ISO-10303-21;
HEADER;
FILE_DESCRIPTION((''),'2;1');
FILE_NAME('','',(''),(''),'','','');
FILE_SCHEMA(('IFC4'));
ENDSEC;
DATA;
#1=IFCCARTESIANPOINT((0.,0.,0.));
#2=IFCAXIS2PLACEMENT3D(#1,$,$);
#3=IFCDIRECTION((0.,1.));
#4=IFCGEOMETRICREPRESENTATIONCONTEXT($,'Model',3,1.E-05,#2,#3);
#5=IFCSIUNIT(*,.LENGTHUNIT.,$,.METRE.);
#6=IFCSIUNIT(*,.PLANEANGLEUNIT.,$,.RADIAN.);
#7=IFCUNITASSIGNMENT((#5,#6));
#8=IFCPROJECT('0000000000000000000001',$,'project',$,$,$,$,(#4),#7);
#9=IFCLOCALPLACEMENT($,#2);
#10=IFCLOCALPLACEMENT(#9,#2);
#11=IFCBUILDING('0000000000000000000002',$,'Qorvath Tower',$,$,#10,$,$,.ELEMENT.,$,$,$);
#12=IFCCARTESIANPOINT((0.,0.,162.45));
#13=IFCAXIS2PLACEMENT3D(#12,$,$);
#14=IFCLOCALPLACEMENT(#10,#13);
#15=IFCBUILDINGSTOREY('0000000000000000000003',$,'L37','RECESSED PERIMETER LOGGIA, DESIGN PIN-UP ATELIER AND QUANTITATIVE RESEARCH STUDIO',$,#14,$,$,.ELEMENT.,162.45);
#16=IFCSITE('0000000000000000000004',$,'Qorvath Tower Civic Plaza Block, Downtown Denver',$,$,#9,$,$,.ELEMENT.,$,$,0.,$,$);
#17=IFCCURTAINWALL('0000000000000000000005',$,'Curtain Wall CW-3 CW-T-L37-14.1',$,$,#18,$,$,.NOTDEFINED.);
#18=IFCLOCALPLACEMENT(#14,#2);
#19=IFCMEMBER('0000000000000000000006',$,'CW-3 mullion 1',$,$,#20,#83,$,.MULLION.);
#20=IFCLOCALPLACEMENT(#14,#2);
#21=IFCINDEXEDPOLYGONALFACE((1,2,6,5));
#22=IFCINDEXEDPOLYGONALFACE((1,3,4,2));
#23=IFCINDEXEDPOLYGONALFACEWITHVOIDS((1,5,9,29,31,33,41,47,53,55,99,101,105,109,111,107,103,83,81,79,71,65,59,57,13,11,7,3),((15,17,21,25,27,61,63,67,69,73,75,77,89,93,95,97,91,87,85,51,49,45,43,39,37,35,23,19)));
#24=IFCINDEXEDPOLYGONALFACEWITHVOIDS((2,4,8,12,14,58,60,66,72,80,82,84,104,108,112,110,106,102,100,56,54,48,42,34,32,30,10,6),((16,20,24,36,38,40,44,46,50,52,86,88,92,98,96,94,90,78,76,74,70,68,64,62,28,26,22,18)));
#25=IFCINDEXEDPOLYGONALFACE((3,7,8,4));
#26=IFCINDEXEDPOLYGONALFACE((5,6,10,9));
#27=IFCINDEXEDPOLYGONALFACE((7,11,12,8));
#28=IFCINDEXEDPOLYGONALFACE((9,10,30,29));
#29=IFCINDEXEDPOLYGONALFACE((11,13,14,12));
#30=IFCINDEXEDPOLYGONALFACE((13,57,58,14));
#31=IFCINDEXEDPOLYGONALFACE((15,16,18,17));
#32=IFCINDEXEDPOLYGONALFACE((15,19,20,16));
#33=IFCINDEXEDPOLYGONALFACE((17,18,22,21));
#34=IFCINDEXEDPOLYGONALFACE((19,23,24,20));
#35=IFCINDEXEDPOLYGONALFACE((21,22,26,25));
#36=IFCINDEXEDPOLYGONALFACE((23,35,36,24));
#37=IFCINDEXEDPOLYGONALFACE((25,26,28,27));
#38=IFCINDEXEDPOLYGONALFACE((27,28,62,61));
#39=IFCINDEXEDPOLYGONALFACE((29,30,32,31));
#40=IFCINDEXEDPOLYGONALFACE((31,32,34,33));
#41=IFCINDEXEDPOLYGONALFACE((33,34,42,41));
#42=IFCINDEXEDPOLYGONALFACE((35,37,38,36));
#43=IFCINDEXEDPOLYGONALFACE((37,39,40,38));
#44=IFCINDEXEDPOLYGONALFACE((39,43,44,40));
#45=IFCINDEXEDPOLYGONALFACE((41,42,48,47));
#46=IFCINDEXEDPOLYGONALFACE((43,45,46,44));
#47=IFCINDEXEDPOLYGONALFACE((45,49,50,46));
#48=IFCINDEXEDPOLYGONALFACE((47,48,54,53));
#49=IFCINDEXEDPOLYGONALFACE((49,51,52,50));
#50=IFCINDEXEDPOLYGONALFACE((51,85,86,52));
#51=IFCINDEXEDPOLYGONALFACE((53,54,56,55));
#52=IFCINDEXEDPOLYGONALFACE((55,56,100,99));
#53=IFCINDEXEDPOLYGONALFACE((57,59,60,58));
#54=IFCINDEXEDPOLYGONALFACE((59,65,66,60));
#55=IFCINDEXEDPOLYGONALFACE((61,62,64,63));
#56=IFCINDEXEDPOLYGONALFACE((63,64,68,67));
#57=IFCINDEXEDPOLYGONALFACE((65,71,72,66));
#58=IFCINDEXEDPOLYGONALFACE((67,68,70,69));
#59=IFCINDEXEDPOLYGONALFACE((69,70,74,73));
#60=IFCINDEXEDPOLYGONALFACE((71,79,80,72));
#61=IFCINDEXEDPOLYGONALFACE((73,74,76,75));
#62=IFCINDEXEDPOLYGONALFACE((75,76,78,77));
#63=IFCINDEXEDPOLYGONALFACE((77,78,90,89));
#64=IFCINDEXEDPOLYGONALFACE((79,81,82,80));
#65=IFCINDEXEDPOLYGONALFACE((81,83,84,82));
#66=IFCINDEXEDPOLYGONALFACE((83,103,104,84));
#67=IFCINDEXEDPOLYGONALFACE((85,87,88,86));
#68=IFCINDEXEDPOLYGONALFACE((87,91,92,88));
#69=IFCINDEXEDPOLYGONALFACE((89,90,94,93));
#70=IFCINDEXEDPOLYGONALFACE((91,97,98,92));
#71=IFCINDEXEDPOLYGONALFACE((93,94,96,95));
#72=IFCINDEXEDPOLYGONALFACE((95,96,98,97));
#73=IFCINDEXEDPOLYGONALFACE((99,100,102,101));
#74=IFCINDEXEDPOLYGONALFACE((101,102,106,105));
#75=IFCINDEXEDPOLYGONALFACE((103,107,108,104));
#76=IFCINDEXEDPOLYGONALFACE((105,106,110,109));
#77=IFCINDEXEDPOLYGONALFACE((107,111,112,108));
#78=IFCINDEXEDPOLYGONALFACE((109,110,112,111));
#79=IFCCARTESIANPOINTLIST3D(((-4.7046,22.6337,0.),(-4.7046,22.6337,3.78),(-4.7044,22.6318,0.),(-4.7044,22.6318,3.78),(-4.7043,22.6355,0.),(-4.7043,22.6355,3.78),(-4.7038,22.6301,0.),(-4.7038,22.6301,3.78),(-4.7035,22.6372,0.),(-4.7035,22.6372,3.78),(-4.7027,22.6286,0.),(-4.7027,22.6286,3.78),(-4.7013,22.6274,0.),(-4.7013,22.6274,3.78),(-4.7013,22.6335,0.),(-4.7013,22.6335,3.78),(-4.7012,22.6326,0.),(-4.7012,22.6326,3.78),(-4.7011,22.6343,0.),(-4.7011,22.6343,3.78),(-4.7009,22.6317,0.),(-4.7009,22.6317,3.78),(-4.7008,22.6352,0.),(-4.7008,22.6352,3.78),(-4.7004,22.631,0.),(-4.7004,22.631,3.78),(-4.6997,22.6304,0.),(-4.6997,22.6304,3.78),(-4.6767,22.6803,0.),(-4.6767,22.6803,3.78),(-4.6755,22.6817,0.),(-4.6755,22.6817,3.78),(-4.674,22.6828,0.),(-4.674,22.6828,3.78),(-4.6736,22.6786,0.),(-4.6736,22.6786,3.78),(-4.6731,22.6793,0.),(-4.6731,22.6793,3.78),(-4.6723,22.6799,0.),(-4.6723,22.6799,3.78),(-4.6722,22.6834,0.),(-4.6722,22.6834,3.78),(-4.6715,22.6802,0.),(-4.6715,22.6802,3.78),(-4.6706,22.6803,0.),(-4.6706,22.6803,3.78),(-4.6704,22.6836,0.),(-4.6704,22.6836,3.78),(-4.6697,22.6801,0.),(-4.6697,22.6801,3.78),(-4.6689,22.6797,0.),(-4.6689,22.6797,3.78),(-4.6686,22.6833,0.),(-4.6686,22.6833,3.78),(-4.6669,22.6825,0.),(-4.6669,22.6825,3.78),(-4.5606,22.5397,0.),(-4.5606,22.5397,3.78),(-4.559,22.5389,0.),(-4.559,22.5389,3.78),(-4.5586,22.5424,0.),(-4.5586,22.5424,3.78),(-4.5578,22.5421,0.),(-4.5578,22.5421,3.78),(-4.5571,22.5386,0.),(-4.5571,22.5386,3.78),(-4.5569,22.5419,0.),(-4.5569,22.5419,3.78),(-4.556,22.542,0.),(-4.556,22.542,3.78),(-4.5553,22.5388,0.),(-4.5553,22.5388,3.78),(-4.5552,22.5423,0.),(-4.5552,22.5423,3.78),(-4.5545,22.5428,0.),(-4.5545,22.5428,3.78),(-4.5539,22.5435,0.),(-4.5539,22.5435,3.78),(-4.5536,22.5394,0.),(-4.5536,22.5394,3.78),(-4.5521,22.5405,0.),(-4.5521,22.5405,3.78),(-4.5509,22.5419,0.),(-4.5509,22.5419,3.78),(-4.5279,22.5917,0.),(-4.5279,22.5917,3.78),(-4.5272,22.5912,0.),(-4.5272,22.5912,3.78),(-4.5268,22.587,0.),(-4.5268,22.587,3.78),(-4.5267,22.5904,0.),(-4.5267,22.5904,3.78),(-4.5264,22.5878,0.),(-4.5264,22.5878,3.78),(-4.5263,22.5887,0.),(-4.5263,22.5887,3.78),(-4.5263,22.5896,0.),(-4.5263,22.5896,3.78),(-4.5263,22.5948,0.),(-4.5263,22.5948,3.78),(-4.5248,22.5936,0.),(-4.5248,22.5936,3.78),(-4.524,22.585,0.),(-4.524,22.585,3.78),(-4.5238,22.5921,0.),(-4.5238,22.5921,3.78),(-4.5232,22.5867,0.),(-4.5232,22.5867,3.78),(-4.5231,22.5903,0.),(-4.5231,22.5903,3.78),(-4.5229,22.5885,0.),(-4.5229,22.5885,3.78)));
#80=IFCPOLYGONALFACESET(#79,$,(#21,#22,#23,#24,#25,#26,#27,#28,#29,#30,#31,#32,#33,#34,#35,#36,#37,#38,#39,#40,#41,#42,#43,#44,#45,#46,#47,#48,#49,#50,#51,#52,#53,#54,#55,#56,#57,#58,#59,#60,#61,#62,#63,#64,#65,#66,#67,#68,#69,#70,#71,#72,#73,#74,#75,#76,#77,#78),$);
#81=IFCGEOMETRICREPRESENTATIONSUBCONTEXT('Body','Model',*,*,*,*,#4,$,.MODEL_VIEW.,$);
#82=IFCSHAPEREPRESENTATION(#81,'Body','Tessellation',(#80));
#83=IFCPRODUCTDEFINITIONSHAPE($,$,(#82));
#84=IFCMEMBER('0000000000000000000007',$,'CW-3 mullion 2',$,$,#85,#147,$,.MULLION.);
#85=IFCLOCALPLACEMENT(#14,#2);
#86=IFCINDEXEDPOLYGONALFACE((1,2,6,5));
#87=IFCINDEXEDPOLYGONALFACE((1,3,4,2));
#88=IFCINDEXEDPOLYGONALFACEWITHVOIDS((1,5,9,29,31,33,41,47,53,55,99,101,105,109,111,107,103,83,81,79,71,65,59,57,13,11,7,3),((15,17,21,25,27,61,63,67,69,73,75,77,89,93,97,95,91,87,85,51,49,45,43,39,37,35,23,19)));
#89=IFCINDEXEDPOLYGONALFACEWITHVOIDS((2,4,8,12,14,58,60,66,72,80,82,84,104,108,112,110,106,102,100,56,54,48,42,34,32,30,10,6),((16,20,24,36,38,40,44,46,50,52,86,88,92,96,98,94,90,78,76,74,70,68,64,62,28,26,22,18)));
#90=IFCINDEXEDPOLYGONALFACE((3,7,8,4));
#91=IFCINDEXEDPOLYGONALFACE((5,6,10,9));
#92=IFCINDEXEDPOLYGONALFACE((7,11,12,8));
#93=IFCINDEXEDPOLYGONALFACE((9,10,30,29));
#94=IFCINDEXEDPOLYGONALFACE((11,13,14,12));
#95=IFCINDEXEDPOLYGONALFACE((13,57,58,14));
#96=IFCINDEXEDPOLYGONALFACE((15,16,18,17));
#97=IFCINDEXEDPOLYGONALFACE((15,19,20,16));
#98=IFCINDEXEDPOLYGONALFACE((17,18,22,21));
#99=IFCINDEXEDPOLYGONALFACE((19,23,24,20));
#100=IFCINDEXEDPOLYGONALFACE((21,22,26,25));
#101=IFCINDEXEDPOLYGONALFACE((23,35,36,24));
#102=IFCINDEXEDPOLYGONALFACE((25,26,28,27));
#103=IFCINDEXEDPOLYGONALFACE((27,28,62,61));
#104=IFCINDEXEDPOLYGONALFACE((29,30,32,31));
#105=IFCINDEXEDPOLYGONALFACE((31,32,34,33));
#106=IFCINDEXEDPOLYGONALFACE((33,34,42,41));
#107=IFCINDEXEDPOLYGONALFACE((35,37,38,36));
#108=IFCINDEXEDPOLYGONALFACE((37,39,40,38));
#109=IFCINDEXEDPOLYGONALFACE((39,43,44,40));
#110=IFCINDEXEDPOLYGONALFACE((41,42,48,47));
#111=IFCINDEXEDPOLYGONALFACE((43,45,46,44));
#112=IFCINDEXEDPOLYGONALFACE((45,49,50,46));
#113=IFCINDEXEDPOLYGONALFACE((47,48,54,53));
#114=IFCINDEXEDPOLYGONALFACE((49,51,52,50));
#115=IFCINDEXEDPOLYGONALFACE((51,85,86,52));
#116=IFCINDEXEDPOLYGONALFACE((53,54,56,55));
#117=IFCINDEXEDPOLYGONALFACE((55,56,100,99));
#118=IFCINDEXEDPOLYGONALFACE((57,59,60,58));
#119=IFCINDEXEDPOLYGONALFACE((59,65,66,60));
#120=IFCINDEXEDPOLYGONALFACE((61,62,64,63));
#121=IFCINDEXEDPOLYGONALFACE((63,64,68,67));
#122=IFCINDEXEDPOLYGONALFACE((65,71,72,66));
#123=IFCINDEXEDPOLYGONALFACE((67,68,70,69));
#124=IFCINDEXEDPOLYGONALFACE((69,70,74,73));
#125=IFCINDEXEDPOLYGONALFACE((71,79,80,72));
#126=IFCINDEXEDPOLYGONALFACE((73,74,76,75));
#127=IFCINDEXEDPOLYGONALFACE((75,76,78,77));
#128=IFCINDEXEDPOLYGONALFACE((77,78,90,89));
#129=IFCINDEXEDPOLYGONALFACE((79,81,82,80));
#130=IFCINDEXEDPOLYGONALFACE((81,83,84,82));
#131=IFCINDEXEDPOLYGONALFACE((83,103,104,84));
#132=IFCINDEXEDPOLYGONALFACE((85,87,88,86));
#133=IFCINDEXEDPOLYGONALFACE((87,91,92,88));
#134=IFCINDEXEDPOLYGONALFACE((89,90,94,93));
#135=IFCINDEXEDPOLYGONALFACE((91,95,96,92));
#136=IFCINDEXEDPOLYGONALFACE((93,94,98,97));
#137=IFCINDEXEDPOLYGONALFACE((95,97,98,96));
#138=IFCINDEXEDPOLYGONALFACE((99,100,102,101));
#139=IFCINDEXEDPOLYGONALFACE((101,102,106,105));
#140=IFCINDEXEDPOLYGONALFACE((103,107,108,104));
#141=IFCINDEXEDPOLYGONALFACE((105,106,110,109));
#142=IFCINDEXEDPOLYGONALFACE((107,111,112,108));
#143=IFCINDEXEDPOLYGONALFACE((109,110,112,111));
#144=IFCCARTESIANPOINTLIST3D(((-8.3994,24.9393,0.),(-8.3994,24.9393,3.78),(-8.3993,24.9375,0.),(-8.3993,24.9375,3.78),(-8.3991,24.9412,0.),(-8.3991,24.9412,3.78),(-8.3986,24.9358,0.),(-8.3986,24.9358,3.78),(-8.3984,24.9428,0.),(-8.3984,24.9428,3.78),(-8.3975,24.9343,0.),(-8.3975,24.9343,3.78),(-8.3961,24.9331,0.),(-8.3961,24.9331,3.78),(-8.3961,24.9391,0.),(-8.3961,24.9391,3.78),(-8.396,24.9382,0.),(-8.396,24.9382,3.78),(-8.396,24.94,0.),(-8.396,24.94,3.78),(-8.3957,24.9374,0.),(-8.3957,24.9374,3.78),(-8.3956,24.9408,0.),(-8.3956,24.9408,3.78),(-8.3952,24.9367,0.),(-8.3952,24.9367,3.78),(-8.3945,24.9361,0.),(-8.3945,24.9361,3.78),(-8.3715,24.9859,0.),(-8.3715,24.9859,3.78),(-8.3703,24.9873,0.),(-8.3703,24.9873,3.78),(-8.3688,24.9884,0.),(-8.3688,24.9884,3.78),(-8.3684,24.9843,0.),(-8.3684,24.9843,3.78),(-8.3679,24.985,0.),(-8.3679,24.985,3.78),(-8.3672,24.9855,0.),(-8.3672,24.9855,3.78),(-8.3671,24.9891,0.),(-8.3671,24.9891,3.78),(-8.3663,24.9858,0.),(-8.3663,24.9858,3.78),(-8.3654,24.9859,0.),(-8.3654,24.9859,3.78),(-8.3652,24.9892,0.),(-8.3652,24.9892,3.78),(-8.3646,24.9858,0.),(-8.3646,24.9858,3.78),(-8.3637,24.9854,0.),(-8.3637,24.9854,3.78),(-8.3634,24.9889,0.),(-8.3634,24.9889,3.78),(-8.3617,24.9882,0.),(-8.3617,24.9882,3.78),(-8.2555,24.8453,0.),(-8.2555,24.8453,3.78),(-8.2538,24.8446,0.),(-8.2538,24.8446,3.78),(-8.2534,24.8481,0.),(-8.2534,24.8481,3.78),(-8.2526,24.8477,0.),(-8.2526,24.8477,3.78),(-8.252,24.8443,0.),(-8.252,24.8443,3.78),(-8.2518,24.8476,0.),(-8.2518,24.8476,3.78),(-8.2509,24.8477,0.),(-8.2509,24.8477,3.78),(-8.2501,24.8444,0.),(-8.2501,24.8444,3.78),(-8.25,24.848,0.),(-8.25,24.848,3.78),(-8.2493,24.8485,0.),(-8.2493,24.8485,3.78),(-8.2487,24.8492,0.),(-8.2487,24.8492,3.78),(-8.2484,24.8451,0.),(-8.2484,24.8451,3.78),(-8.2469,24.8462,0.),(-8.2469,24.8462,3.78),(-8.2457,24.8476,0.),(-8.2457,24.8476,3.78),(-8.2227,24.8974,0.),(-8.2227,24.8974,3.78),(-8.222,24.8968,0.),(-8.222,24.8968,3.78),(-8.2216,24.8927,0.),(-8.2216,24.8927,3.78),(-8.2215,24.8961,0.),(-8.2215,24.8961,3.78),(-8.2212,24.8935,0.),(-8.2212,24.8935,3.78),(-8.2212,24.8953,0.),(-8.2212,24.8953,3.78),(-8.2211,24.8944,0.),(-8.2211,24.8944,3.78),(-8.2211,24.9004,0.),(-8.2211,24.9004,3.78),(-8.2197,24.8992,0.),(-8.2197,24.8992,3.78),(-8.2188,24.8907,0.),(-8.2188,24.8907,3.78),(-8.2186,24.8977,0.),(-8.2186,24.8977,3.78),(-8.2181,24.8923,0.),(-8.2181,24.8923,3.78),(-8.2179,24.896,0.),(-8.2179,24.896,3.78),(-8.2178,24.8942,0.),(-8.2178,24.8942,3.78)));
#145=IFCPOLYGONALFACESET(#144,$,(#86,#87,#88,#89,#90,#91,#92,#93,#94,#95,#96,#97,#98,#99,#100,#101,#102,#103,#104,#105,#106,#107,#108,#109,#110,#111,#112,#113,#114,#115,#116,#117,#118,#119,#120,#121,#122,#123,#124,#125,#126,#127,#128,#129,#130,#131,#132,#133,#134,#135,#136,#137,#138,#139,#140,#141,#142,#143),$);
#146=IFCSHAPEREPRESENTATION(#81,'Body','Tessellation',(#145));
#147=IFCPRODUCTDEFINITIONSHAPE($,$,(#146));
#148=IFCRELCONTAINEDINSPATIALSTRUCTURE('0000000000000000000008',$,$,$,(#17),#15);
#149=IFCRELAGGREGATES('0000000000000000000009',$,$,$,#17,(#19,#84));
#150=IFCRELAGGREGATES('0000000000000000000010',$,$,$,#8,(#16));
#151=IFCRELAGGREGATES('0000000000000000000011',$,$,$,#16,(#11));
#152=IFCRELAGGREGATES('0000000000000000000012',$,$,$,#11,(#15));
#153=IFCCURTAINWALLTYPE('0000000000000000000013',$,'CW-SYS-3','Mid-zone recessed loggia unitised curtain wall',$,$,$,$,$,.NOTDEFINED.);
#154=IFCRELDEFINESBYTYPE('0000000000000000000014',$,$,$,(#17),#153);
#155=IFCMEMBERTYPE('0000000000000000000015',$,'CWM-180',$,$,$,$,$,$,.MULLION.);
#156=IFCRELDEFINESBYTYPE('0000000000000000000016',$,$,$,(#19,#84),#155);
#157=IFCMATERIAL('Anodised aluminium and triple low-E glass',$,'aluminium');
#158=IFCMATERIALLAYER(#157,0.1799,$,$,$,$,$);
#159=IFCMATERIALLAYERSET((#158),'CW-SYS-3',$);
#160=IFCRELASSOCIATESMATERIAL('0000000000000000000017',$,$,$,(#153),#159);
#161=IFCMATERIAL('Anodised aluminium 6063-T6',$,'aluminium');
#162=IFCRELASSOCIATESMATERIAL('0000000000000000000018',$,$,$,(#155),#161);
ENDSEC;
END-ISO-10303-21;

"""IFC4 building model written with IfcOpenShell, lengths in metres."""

from ifc_helpers import new_model, si_unit, direction, frame, origin, origin_2d, place, context, subcontext, project, spatial, hollow_rectangle, extrude, material, layer, layer_set, material_profile, profile_set, type_object, element, aggregate, save


model = new_model("IFC4")

# Units and contexts
model_context = context("Model", 3, precision=1e-05, world=origin(), true_north=direction((0.0, 1.0)))
body_context = subcontext(model_context, "Body", "Model", "MODEL_VIEW")
ifc_project = project(units=[si_unit("LENGTHUNIT", "METRE"), si_unit("PLANEANGLEUNIT", "RADIAN")], contexts=[model_context])

# Site, building, storey
site_placement = place(None, origin())
site = spatial("IfcSite", under=ifc_project, at=site_placement, Name="Qorvath Tower Civic Plaza Block, Downtown Denver", CompositionType="ELEMENT", RefElevation=0.0)
building_placement = place(site_placement, origin())
building = spatial("IfcBuilding", under=site, at=building_placement, Name="Qorvath Tower", CompositionType="ELEMENT")
storey_placement = place(building_placement, frame((0.0, 0.0, 162.45)))
storey = spatial("IfcBuildingStorey", under=building, at=storey_placement, Name="L37", Description="RECESSED PERIMETER LOGGIA, DESIGN PIN-UP ATELIER AND QUANTITATIVE RESEARCH STUDIO", CompositionType="ELEMENT", Elevation=162.45)

# Shared definitions
ifc_material_1 = material(Name="Anodised aluminium and triple low-E glass", Category="aluminium")
ifc_layer_1 = layer(ifc_material_1, 0.1799)
ifc_layer_set_1 = layer_set([ifc_layer_1], Name="CW-SYS-3")
curtain_wall_type = type_object("IfcCurtainWallType", Name="CW-SYS-3", Description="Mid-zone recessed loggia unitised curtain wall", PredefinedType="NOTDEFINED", material=ifc_layer_set_1)
ifc_material_2 = material(Name="Anodised aluminium 6063-T6", Category="aluminium")
ifc_material_profile_1 = material_profile(ifc_material_2, hollow_rectangle(XDim=0.0649, YDim=0.1799, WallThickness=0.0034, InnerFilletRadius=0.0034, OuterFilletRadius=0.0071, at=origin_2d()), Name="CWM 180x65")
ifc_profile_set_1 = profile_set([ifc_material_profile_1], Name="Anodised aluminium 6063-T6")
member_type_1 = type_object("IfcMemberType", Name="CWM-180", PredefinedType="MULLION", material=ifc_profile_set_1)

# Curtain wall, members
curtain_wall_1_placement = place(storey_placement, origin())
curtain_wall_1 = element("IfcCurtainWall", 1, at=curtain_wall_1_placement, inside=storey, type_object=curtain_wall_type, Name="Curtain Wall CW-3 CW-T-L37-14.1", PredefinedType="NOTDEFINED")
member_1_placement = place(storey_placement, frame((-4.6138, 22.6111, 0.0), z_axis=(0.0, 0.0, 1.0), x_axis=(-0.529384, -0.848382, 0.0)))
member_1 = element("IfcMember", 2, at=member_1_placement, type_object=member_type_1, Name="CW-3 mullion 1", PredefinedType="MULLION", context=body_context, shape_type="SweptSolid", body=[
    extrude(hollow_rectangle(XDim=0.0649, YDim=0.1799, WallThickness=0.0034, InnerFilletRadius=0.0034, OuterFilletRadius=0.0071, at=origin_2d()), origin(), (0.0, 0.0, 1.0), 3.78),
])
member_2_placement = place(storey_placement, frame((-8.3086, 24.9167, 0.0), z_axis=(0.0, 0.0, 1.0), x_axis=(-0.529384, -0.848382, 0.0)))
member_2 = element("IfcMember", 3, at=member_2_placement, type_object=member_type_1, Name="CW-3 mullion 2", PredefinedType="MULLION", context=body_context, shape_type="SweptSolid", body=[
    extrude(hollow_rectangle(XDim=0.0649, YDim=0.1799, WallThickness=0.0034, InnerFilletRadius=0.0034, OuterFilletRadius=0.0071, at=origin_2d()), origin(), (0.0, 0.0, 1.0), 3.78),
])

aggregate(curtain_wall_1, [member_1, member_2])

save(model, "model.ifc")
